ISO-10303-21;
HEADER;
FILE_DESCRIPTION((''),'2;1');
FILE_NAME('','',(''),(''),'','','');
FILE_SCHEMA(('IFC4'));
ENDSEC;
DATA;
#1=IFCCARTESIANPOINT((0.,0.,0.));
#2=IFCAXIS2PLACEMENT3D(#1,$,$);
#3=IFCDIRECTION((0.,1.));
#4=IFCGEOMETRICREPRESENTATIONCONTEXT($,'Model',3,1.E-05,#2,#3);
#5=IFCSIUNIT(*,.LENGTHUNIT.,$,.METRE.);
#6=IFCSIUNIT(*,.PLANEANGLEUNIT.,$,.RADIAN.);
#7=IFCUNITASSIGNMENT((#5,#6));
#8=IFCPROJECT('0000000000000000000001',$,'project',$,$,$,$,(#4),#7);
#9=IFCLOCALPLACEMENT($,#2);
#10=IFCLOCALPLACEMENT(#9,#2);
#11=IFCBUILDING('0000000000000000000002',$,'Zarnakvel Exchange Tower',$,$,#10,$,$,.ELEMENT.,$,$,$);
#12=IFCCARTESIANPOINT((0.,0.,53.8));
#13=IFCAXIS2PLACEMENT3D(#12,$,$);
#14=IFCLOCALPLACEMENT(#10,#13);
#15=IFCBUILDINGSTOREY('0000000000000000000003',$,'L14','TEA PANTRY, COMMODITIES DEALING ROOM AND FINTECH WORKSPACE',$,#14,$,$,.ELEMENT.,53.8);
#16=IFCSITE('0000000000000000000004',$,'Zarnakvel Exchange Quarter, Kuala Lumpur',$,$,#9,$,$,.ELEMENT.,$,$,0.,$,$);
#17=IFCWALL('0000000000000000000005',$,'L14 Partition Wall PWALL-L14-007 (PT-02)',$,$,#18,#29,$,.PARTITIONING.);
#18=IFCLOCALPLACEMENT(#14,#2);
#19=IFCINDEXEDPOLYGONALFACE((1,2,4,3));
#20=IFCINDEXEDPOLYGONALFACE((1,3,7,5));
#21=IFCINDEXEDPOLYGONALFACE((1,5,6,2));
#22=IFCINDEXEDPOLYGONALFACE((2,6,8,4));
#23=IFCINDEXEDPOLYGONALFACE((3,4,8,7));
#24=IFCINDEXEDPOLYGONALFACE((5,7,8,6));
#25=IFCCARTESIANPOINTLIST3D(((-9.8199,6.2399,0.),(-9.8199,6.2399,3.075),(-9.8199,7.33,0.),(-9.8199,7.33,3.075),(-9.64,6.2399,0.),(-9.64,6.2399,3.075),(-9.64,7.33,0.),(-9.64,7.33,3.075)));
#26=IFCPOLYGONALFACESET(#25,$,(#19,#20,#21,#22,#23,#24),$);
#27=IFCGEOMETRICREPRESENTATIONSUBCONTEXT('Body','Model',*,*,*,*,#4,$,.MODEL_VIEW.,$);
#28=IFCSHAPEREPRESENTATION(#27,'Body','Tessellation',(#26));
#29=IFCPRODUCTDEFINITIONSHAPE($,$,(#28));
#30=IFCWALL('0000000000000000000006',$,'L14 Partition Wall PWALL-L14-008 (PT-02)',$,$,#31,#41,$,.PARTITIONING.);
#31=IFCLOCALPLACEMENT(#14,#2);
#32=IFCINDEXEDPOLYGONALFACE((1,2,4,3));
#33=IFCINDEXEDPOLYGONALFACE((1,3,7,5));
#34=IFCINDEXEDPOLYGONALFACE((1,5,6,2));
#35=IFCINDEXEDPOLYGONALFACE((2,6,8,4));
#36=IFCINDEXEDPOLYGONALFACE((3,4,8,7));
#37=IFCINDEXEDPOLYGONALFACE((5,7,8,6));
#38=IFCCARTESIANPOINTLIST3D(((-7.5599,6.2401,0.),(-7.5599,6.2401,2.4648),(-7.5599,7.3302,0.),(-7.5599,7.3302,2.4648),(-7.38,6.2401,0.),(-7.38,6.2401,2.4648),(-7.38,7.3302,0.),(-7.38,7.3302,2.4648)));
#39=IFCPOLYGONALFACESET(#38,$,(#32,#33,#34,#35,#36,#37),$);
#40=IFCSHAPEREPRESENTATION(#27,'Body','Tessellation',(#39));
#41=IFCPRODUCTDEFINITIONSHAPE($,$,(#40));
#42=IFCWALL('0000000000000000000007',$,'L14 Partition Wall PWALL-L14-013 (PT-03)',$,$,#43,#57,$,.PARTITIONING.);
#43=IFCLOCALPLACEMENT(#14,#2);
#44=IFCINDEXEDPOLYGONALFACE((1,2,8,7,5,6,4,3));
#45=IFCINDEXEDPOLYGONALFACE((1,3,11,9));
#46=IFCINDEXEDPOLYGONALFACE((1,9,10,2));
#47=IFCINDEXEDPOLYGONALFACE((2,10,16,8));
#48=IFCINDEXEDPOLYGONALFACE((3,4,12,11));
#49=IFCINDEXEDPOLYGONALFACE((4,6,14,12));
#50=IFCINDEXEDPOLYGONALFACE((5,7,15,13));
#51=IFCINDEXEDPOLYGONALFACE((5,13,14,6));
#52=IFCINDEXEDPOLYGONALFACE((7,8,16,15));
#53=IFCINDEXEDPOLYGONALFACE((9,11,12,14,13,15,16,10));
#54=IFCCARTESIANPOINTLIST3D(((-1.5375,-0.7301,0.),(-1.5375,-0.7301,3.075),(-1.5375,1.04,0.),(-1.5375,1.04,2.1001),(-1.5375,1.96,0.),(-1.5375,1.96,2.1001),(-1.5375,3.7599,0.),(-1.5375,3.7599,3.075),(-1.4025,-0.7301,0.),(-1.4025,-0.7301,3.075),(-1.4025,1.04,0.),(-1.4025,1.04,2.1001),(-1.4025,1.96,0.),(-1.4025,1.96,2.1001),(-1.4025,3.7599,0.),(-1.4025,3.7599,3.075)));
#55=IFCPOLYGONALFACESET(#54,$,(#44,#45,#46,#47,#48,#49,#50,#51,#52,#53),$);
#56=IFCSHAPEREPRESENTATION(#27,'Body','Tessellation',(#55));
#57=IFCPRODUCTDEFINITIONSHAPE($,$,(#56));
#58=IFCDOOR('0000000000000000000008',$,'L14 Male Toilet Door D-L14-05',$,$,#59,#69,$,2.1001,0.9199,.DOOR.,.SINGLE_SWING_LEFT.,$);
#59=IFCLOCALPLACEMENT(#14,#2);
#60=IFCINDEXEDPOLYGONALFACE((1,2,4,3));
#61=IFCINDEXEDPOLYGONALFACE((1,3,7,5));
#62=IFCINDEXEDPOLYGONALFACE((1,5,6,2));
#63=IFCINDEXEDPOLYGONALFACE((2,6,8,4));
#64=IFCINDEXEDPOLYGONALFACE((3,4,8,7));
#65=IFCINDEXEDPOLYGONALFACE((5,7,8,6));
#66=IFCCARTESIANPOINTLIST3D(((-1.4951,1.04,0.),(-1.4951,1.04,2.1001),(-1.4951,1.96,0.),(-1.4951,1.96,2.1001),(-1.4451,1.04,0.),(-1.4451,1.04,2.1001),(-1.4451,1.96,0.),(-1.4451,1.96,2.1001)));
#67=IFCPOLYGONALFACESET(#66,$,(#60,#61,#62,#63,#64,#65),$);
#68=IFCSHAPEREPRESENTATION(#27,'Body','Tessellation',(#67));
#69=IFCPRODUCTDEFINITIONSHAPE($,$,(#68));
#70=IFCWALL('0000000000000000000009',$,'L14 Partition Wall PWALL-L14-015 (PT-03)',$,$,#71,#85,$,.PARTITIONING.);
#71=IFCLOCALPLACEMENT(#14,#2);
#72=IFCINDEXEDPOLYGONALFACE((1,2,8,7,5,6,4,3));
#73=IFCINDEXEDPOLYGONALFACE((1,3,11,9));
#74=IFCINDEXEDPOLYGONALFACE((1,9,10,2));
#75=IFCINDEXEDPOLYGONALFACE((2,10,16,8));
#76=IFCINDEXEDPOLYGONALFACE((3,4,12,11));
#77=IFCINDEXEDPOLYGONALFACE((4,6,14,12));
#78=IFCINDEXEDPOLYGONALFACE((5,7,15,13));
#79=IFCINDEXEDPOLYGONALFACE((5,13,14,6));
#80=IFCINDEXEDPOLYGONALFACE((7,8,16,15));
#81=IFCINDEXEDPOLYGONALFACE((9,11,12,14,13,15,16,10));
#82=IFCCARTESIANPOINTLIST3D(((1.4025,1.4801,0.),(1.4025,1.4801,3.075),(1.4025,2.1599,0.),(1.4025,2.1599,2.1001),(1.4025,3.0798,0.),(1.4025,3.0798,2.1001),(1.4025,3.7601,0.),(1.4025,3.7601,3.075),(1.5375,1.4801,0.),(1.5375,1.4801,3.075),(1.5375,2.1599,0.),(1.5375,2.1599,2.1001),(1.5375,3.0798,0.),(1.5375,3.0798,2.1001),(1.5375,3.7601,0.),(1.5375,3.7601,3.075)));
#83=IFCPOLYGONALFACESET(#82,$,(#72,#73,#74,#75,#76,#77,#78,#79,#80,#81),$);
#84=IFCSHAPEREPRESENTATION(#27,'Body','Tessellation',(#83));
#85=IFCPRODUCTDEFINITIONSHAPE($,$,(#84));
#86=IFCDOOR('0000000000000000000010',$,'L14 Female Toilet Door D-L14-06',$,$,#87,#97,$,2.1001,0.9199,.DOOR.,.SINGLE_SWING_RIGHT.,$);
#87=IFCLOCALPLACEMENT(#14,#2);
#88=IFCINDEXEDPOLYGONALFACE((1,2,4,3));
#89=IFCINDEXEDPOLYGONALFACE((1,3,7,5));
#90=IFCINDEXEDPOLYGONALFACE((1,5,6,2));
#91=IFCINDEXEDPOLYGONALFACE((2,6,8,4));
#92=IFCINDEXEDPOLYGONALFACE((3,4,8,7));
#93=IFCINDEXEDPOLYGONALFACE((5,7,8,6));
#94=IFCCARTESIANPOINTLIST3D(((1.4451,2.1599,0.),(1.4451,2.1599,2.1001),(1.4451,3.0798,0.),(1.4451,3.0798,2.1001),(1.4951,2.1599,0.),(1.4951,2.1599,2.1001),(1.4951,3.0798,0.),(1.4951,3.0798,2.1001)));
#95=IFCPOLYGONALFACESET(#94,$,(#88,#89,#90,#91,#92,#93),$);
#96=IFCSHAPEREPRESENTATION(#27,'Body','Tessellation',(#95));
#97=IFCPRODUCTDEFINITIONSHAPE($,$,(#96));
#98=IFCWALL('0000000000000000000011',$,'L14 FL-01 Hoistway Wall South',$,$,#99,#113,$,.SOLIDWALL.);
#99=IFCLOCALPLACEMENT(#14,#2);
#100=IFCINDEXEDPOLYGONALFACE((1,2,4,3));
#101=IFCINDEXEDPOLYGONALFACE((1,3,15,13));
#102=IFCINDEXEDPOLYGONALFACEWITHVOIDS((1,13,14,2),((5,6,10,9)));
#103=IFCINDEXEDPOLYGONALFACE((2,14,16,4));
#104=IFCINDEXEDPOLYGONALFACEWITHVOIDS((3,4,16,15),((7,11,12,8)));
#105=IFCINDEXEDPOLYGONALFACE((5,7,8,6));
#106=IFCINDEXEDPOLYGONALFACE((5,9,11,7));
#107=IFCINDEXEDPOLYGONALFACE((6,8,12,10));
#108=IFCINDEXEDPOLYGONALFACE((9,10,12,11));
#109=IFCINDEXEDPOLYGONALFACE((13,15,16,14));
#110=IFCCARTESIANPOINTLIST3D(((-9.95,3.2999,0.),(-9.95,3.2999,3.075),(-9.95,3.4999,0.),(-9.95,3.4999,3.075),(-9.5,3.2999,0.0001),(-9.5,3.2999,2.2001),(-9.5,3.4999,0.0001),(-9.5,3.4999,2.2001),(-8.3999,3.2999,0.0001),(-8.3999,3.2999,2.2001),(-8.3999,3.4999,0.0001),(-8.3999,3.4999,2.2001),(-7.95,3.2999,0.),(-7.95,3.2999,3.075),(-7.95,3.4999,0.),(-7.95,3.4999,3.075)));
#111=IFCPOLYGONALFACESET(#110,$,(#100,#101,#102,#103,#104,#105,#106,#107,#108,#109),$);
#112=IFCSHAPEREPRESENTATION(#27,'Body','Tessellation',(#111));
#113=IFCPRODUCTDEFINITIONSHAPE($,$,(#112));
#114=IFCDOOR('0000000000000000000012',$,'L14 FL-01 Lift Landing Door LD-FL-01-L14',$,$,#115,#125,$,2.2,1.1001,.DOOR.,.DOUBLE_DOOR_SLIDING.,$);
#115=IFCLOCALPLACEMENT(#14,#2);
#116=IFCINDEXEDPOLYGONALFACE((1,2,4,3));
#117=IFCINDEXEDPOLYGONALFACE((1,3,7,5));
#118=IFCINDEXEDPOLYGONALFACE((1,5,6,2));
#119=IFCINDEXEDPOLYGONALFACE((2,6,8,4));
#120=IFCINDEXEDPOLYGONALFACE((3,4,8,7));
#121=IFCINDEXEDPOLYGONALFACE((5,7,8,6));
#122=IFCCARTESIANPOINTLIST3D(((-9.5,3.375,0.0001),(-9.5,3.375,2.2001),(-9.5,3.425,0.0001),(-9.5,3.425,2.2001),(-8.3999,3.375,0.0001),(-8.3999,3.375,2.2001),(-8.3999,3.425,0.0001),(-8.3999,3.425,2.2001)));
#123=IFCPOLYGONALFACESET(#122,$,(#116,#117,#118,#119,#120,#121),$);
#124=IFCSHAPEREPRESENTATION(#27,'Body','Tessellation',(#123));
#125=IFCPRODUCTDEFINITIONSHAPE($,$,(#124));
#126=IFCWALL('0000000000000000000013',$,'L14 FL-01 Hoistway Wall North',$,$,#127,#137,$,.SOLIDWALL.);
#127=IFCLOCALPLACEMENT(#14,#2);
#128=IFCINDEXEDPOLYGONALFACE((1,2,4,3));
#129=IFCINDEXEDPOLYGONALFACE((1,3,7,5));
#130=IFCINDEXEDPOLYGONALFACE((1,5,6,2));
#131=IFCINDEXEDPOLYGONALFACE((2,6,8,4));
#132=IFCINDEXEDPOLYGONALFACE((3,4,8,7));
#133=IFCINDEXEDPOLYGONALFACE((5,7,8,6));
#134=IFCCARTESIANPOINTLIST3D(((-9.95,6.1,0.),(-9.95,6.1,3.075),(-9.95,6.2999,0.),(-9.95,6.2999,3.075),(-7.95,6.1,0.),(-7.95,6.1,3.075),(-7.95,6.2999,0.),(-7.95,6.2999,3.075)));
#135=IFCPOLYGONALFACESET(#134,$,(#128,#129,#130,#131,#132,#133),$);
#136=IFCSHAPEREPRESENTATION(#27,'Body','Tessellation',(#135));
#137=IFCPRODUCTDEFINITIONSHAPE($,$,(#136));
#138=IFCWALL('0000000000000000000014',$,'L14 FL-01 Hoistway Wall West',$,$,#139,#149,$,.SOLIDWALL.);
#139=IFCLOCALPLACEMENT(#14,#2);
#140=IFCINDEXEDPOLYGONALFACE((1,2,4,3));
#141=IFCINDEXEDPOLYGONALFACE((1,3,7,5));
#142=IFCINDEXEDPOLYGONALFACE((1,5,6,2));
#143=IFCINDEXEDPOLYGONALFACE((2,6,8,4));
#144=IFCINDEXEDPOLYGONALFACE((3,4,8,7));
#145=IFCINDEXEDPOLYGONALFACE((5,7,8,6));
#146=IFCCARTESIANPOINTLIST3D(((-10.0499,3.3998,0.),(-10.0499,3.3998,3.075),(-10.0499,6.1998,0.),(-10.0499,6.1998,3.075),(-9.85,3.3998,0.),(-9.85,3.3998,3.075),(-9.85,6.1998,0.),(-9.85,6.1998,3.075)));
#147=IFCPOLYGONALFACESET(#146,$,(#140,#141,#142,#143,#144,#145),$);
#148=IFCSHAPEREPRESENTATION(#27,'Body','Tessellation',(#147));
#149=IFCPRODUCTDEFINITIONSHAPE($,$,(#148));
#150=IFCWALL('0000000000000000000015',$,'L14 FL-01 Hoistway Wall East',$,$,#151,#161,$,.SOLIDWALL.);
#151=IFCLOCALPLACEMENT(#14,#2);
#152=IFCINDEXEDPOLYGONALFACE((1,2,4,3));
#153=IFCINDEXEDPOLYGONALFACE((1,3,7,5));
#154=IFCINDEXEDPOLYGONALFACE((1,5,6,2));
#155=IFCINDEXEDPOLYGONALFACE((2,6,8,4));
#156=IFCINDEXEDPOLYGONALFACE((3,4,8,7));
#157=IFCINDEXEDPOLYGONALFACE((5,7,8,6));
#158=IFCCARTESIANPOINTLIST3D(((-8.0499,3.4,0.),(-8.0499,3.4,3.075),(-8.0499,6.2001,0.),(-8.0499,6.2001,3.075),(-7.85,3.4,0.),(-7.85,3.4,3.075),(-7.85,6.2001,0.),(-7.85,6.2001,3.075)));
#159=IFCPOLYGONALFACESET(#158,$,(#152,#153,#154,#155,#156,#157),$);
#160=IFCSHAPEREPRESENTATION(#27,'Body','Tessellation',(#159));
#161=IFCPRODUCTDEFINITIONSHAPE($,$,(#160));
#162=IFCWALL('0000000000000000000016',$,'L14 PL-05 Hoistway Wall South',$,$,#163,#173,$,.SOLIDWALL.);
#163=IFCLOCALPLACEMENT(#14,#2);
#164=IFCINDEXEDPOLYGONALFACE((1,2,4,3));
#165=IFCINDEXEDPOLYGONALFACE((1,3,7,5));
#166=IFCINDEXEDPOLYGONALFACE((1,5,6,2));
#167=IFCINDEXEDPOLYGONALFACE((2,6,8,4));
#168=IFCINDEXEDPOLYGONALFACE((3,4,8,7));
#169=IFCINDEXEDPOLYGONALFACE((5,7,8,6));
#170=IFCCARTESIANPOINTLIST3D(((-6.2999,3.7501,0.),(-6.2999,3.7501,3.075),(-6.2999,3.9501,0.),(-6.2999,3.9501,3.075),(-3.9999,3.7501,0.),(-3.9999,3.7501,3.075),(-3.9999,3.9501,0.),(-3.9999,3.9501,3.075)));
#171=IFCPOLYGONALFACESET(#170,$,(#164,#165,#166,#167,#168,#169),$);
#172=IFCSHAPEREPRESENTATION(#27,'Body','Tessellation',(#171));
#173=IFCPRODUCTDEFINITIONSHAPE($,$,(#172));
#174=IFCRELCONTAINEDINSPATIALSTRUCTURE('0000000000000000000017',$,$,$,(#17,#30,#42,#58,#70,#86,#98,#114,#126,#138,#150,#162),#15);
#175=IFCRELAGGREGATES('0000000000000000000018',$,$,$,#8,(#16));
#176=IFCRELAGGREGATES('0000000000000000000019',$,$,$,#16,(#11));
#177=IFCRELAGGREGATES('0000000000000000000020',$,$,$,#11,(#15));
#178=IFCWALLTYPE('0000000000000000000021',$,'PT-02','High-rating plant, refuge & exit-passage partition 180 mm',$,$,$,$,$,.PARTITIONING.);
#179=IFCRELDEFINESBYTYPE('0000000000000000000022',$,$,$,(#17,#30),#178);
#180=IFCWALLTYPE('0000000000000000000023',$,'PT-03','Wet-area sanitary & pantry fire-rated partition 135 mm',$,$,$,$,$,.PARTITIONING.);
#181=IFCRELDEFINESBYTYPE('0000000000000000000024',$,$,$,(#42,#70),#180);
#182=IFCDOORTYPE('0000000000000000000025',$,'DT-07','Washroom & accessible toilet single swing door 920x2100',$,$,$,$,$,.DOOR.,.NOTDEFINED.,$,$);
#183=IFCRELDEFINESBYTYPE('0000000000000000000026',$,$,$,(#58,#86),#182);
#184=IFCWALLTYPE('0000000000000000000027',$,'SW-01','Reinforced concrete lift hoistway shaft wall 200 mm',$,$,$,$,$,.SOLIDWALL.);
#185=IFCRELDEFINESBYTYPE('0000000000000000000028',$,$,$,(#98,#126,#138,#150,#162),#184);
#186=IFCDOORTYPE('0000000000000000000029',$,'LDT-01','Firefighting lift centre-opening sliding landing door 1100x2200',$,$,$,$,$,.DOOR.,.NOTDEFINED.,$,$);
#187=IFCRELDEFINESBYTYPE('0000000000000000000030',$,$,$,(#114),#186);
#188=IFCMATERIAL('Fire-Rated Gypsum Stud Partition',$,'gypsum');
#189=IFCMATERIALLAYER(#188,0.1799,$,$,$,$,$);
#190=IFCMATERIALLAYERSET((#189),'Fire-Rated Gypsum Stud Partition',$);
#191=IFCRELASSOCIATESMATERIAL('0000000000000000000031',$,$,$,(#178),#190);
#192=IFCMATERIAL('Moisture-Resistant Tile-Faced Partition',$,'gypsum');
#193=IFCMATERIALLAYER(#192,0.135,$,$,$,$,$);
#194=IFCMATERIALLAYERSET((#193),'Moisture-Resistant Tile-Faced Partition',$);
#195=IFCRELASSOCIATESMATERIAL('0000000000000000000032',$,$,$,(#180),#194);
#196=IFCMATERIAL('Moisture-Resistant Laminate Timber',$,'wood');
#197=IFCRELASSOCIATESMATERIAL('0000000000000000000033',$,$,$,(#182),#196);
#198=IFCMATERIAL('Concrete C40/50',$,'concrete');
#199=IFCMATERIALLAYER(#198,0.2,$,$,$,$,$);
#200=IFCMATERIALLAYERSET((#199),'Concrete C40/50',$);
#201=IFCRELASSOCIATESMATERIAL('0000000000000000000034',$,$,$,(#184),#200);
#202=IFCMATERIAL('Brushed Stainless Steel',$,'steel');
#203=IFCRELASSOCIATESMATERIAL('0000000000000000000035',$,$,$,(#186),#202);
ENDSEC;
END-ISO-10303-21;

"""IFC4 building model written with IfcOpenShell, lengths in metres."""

from ifc_helpers import new_model, si_unit, direction, frame, frame_2d, origin, place, context, subcontext, project, spatial, rectangle, extrude, source, transform, mapped, material, layer, layer_set, type_object, element, fill, save


model = new_model("IFC4")

# Units and contexts
model_context = context("Model", 3, precision=1e-05, world=origin(), true_north=direction((0.0, 1.0)))
body_context = subcontext(model_context, "Body", "Model", "MODEL_VIEW")
ifc_project = project(units=[si_unit("LENGTHUNIT", "METRE"), si_unit("PLANEANGLEUNIT", "RADIAN")], contexts=[model_context])

# Site, building, storey
site_placement = place(None, origin())
site = spatial("IfcSite", under=ifc_project, at=site_placement, Name="Zarnakvel Exchange Quarter, Kuala Lumpur", CompositionType="ELEMENT", RefElevation=0.0)
building_placement = place(site_placement, origin())
building = spatial("IfcBuilding", under=site, at=building_placement, Name="Zarnakvel Exchange Tower", CompositionType="ELEMENT")
storey_placement = place(building_placement, frame((0.0, 0.0, 53.8)))
storey = spatial("IfcBuildingStorey", under=building, at=storey_placement, Name="L14", Description="TEA PANTRY, COMMODITIES DEALING ROOM AND FINTECH WORKSPACE", CompositionType="ELEMENT", Elevation=53.8)

# Walls
ifc_material_1 = material(Name="Fire-Rated Gypsum Stud Partition", Category="gypsum")
ifc_layer_1 = layer(ifc_material_1, 0.1799)
ifc_layer_set_1 = layer_set([ifc_layer_1], Name="Fire-Rated Gypsum Stud Partition")
wall_type_1 = type_object("IfcWallType", Name="PT-02", Description="High-rating plant, refuge & exit-passage partition 180 mm", PredefinedType="PARTITIONING", material=ifc_layer_set_1)
wall_1_placement = place(storey_placement, frame((-9.73, 6.24, 0.0), z_axis=(0.0, 0.0, 1.0), x_axis=(0.0, 1.0, 0.0)))
element("IfcWall", 1, at=wall_1_placement, inside=storey, type_object=wall_type_1, Name="L14 Partition Wall PWALL-L14-007 (PT-02)", PredefinedType="PARTITIONING", context=body_context, shape_type="SweptSolid", body=[
    extrude(rectangle(XDim=1.0901, YDim=0.1799, at=frame_2d((0.5449, 0.0))), origin(), (0.0, 0.0, 1.0), 3.075),
])
wall_2_placement = place(storey_placement, frame((-7.47, 7.3301, 0.0), z_axis=(0.0, 0.0, 1.0), x_axis=(0.0, -1.0, 0.0)))
element("IfcWall", 2, at=wall_2_placement, inside=storey, type_object=wall_type_1, Name="L14 Partition Wall PWALL-L14-008 (PT-02)", PredefinedType="PARTITIONING", context=body_context, shape_type="SweptSolid", body=[
    extrude(rectangle(XDim=1.0901, YDim=0.1799, at=frame_2d((0.5449, 0.0))), origin(), (0.0, 0.0, 1.0), 2.4648),
])

# Walls, openings, doors
ifc_material_2 = material(Name="Moisture-Resistant Tile-Faced Partition", Category="gypsum")
ifc_layer_2 = layer(ifc_material_2, 0.135)
ifc_layer_set_2 = layer_set([ifc_layer_2], Name="Moisture-Resistant Tile-Faced Partition")
wall_type_2 = type_object("IfcWallType", Name="PT-03", Description="Wet-area sanitary & pantry fire-rated partition 135 mm", PredefinedType="PARTITIONING", material=ifc_layer_set_2)
wall_3_placement = place(storey_placement, frame((-1.47, 3.76, 0.0), z_axis=(0.0, 0.0, 1.0), x_axis=(0.0, -1.0, 0.0)))
wall_3 = element("IfcWall", 3, at=wall_3_placement, inside=storey, type_object=wall_type_2, Name="L14 Partition Wall PWALL-L14-013 (PT-03)", PredefinedType="PARTITIONING", context=body_context, shape_type="SweptSolid", body=[
    extrude(rectangle(XDim=4.49, YDim=0.135, at=frame_2d((2.2451, 0.0))), origin(), (0.0, 0.0, 1.0), 3.075),
])
opening_1_placement = place(wall_3_placement, frame((1.8, 0.0, 0.0)))
opening_1 = element("IfcOpeningElement", 4, at=opening_1_placement, cuts=wall_3, PredefinedType="OPENING", context=body_context, shape_type="SweptSolid", body=[
    extrude(rectangle(XDim=0.9199, YDim=2.1001, at=frame_2d((0.46, 1.05))), frame((0.0, 0.0774, 0.0), z_axis=(0.0, -1.0, 0.0), x_axis=(1.0, 0.0, 0.0)), (0.0, 0.0, 1.0), 0.155),
])
ifc_material_3 = material(Name="Moisture-Resistant Laminate Timber", Category="wood")
door_type_1 = type_object("IfcDoorType", Name="DT-07", Description="Washroom & accessible toilet single swing door 920x2100", OperationType="NOTDEFINED", PredefinedType="DOOR", material=ifc_material_3)
shared_shape_1 = source(origin(), body_context, "Body", "SweptSolid", [
    extrude(rectangle(XDim=0.9199, YDim=2.1001, at=frame_2d((0.46, 1.05))), frame((0.0, 0.0249, 0.0), z_axis=(0.0, -1.0, 0.0), x_axis=(1.0, 0.0, 0.0)), (0.0, 0.0, 1.0), 0.05),
])
door_1_placement = place(opening_1_placement, origin())
door_1 = element("IfcDoor", 5, at=door_1_placement, inside=storey, type_object=door_type_1, Name="L14 Male Toilet Door D-L14-05", OperationType="SINGLE_SWING_LEFT", OverallHeight=2.1001, OverallWidth=0.9199, PredefinedType="DOOR", context=body_context, shape_type="MappedRepresentation", body=[
    mapped(shared_shape_1, transform((0.0, 0.0, 0.0), x_axis=(1.0, 0.0, 0.0), y_axis=(0.0, 1.0, 0.0), z_axis=(0.0, 0.0, 1.0), scale=1.0)),
])
fill(opening_1, door_1)
wall_4_placement = place(storey_placement, frame((1.47, 1.48, 0.0), z_axis=(0.0, 0.0, 1.0), x_axis=(0.0, 1.0, 0.0)))
wall_4 = element("IfcWall", 6, at=wall_4_placement, inside=storey, type_object=wall_type_2, Name="L14 Partition Wall PWALL-L14-015 (PT-03)", PredefinedType="PARTITIONING", context=body_context, shape_type="SweptSolid", body=[
    extrude(rectangle(XDim=2.28, YDim=0.135, at=frame_2d((1.1401, 0.0))), origin(), (0.0, 0.0, 1.0), 3.075),
])
opening_2_placement = place(wall_4_placement, frame((0.6799, 0.0, 0.0)))
opening_2 = element("IfcOpeningElement", 7, at=opening_2_placement, cuts=wall_4, PredefinedType="OPENING", context=body_context, shape_type="SweptSolid", body=[
    extrude(rectangle(XDim=0.9199, YDim=2.1001, at=frame_2d((0.46, 1.05))), frame((0.0, 0.0774, 0.0), z_axis=(0.0, -1.0, 0.0), x_axis=(1.0, 0.0, 0.0)), (0.0, 0.0, 1.0), 0.155),
])
door_2_placement = place(opening_2_placement, origin())
door_2 = element("IfcDoor", 8, at=door_2_placement, inside=storey, type_object=door_type_1, Name="L14 Female Toilet Door D-L14-06", OperationType="SINGLE_SWING_RIGHT", OverallHeight=2.1001, OverallWidth=0.9199, PredefinedType="DOOR", context=body_context, shape_type="MappedRepresentation", body=[
    mapped(shared_shape_1, transform((0.0, 0.0, 0.0), x_axis=(1.0, 0.0, 0.0), y_axis=(0.0, 1.0, 0.0), z_axis=(0.0, 0.0, 1.0), scale=1.0)),
])
fill(opening_2, door_2)
ifc_material_4 = material(Name="Concrete C40/50", Category="concrete")
ifc_layer_3 = layer(ifc_material_4, 0.2)
ifc_layer_set_3 = layer_set([ifc_layer_3], Name="Concrete C40/50")
wall_type_3 = type_object("IfcWallType", Name="SW-01", Description="Reinforced concrete lift hoistway shaft wall 200 mm", PredefinedType="SOLIDWALL", material=ifc_layer_set_3)
wall_5_placement = place(storey_placement, frame((-7.95, 3.3999, 0.0), z_axis=(0.0, 0.0, 1.0), x_axis=(-1.0, 0.0, 0.0)))
wall_5 = element("IfcWall", 9, at=wall_5_placement, inside=storey, type_object=wall_type_3, Name="L14 FL-01 Hoistway Wall South", PredefinedType="SOLIDWALL", context=body_context, shape_type="SweptSolid", body=[
    extrude(rectangle(XDim=2.0, YDim=0.2, at=frame_2d((1.0, 0.0))), origin(), (0.0, 0.0, 1.0), 3.075),
])
opening_3_placement = place(wall_5_placement, frame((0.45, 0.0, 0.0)))
opening_3 = element("IfcOpeningElement", 10, at=opening_3_placement, cuts=wall_5, PredefinedType="OPENING", context=body_context, shape_type="SweptSolid", body=[
    extrude(rectangle(XDim=1.1001, YDim=2.2, at=frame_2d((0.55, 1.1001))), frame((0.0, 0.1099, 0.0), z_axis=(0.0, -1.0, 0.0), x_axis=(1.0, 0.0, 0.0)), (0.0, 0.0, 1.0), 0.22),
])
ifc_material_5 = material(Name="Brushed Stainless Steel", Category="steel")
door_type_2 = type_object("IfcDoorType", Name="LDT-01", Description="Firefighting lift centre-opening sliding landing door 1100x2200", OperationType="NOTDEFINED", PredefinedType="DOOR", material=ifc_material_5)
shared_shape_2 = source(origin(), body_context, "Body", "SweptSolid", [
    extrude(rectangle(XDim=1.1001, YDim=2.2, at=frame_2d((0.55, 1.1001))), frame((0.0, 0.0249, 0.0), z_axis=(0.0, -1.0, 0.0), x_axis=(1.0, 0.0, 0.0)), (0.0, 0.0, 1.0), 0.05),
])
door_3_placement = place(opening_3_placement, origin())
door_3 = element("IfcDoor", 11, at=door_3_placement, inside=storey, type_object=door_type_2, Name="L14 FL-01 Lift Landing Door LD-FL-01-L14", OperationType="DOUBLE_DOOR_SLIDING", OverallHeight=2.2, OverallWidth=1.1001, PredefinedType="DOOR", context=body_context, shape_type="MappedRepresentation", body=[
    mapped(shared_shape_2, transform((0.0, 0.0, 0.0), x_axis=(1.0, 0.0, 0.0), y_axis=(0.0, 1.0, 0.0), z_axis=(0.0, 0.0, 1.0), scale=1.0)),
])
fill(opening_3, door_3)

# Walls
wall_6_placement = place(storey_placement, frame((-9.95, 6.2, 0.0), z_axis=(0.0, 0.0, 1.0), x_axis=(1.0, 0.0, 0.0)))
element("IfcWall", 12, at=wall_6_placement, inside=storey, type_object=wall_type_3, Name="L14 FL-01 Hoistway Wall North", PredefinedType="SOLIDWALL", context=body_context, shape_type="SweptSolid", body=[
    extrude(rectangle(XDim=2.0, YDim=0.2, at=frame_2d((1.0, 0.0))), origin(), (0.0, 0.0, 1.0), 3.075),
])
for number, where, z_axis, x_axis, name in (
    (13, (-9.95, 3.3999, 0.0), (0.0, 0.0, 1.0), (0.0, 1.0, 0.0), "L14 FL-01 Hoistway Wall West"),
    (14, (-7.95, 6.2, 0.0), (0.0, 0.0, 1.0), (0.0, -1.0, 0.0), "L14 FL-01 Hoistway Wall East"),
):
    element("IfcWall", number, at=place(storey_placement, frame(where, z_axis=z_axis, x_axis=x_axis)), inside=storey, type_object=wall_type_3, Name=name, PredefinedType="SOLIDWALL", context=body_context, shape_type="SweptSolid", body=[
        extrude(rectangle(XDim=2.8, YDim=0.2, at=frame_2d((1.3999, 0.0))), origin(), (0.0, 0.0, 1.0), 3.075),
    ])
for number, where, z_axis, x_axis, name in (
    (15, (-4.0, 3.8501, 0.0), (0.0, 0.0, 1.0), (-1.0, 0.0, 0.0), "L14 PL-05 Hoistway Wall South"),
):
    element("IfcWall", number, at=place(storey_placement, frame(where, z_axis=z_axis, x_axis=x_axis)), inside=storey, type_object=wall_type_3, Name=name, PredefinedType="SOLIDWALL", context=body_context, shape_type="SweptSolid", body=[
        extrude(rectangle(XDim=2.3, YDim=0.2, at=frame_2d((1.1499, 0.0))), origin(), (0.0, 0.0, 1.0), 3.075),
    ])

save(model, "model.ifc")
